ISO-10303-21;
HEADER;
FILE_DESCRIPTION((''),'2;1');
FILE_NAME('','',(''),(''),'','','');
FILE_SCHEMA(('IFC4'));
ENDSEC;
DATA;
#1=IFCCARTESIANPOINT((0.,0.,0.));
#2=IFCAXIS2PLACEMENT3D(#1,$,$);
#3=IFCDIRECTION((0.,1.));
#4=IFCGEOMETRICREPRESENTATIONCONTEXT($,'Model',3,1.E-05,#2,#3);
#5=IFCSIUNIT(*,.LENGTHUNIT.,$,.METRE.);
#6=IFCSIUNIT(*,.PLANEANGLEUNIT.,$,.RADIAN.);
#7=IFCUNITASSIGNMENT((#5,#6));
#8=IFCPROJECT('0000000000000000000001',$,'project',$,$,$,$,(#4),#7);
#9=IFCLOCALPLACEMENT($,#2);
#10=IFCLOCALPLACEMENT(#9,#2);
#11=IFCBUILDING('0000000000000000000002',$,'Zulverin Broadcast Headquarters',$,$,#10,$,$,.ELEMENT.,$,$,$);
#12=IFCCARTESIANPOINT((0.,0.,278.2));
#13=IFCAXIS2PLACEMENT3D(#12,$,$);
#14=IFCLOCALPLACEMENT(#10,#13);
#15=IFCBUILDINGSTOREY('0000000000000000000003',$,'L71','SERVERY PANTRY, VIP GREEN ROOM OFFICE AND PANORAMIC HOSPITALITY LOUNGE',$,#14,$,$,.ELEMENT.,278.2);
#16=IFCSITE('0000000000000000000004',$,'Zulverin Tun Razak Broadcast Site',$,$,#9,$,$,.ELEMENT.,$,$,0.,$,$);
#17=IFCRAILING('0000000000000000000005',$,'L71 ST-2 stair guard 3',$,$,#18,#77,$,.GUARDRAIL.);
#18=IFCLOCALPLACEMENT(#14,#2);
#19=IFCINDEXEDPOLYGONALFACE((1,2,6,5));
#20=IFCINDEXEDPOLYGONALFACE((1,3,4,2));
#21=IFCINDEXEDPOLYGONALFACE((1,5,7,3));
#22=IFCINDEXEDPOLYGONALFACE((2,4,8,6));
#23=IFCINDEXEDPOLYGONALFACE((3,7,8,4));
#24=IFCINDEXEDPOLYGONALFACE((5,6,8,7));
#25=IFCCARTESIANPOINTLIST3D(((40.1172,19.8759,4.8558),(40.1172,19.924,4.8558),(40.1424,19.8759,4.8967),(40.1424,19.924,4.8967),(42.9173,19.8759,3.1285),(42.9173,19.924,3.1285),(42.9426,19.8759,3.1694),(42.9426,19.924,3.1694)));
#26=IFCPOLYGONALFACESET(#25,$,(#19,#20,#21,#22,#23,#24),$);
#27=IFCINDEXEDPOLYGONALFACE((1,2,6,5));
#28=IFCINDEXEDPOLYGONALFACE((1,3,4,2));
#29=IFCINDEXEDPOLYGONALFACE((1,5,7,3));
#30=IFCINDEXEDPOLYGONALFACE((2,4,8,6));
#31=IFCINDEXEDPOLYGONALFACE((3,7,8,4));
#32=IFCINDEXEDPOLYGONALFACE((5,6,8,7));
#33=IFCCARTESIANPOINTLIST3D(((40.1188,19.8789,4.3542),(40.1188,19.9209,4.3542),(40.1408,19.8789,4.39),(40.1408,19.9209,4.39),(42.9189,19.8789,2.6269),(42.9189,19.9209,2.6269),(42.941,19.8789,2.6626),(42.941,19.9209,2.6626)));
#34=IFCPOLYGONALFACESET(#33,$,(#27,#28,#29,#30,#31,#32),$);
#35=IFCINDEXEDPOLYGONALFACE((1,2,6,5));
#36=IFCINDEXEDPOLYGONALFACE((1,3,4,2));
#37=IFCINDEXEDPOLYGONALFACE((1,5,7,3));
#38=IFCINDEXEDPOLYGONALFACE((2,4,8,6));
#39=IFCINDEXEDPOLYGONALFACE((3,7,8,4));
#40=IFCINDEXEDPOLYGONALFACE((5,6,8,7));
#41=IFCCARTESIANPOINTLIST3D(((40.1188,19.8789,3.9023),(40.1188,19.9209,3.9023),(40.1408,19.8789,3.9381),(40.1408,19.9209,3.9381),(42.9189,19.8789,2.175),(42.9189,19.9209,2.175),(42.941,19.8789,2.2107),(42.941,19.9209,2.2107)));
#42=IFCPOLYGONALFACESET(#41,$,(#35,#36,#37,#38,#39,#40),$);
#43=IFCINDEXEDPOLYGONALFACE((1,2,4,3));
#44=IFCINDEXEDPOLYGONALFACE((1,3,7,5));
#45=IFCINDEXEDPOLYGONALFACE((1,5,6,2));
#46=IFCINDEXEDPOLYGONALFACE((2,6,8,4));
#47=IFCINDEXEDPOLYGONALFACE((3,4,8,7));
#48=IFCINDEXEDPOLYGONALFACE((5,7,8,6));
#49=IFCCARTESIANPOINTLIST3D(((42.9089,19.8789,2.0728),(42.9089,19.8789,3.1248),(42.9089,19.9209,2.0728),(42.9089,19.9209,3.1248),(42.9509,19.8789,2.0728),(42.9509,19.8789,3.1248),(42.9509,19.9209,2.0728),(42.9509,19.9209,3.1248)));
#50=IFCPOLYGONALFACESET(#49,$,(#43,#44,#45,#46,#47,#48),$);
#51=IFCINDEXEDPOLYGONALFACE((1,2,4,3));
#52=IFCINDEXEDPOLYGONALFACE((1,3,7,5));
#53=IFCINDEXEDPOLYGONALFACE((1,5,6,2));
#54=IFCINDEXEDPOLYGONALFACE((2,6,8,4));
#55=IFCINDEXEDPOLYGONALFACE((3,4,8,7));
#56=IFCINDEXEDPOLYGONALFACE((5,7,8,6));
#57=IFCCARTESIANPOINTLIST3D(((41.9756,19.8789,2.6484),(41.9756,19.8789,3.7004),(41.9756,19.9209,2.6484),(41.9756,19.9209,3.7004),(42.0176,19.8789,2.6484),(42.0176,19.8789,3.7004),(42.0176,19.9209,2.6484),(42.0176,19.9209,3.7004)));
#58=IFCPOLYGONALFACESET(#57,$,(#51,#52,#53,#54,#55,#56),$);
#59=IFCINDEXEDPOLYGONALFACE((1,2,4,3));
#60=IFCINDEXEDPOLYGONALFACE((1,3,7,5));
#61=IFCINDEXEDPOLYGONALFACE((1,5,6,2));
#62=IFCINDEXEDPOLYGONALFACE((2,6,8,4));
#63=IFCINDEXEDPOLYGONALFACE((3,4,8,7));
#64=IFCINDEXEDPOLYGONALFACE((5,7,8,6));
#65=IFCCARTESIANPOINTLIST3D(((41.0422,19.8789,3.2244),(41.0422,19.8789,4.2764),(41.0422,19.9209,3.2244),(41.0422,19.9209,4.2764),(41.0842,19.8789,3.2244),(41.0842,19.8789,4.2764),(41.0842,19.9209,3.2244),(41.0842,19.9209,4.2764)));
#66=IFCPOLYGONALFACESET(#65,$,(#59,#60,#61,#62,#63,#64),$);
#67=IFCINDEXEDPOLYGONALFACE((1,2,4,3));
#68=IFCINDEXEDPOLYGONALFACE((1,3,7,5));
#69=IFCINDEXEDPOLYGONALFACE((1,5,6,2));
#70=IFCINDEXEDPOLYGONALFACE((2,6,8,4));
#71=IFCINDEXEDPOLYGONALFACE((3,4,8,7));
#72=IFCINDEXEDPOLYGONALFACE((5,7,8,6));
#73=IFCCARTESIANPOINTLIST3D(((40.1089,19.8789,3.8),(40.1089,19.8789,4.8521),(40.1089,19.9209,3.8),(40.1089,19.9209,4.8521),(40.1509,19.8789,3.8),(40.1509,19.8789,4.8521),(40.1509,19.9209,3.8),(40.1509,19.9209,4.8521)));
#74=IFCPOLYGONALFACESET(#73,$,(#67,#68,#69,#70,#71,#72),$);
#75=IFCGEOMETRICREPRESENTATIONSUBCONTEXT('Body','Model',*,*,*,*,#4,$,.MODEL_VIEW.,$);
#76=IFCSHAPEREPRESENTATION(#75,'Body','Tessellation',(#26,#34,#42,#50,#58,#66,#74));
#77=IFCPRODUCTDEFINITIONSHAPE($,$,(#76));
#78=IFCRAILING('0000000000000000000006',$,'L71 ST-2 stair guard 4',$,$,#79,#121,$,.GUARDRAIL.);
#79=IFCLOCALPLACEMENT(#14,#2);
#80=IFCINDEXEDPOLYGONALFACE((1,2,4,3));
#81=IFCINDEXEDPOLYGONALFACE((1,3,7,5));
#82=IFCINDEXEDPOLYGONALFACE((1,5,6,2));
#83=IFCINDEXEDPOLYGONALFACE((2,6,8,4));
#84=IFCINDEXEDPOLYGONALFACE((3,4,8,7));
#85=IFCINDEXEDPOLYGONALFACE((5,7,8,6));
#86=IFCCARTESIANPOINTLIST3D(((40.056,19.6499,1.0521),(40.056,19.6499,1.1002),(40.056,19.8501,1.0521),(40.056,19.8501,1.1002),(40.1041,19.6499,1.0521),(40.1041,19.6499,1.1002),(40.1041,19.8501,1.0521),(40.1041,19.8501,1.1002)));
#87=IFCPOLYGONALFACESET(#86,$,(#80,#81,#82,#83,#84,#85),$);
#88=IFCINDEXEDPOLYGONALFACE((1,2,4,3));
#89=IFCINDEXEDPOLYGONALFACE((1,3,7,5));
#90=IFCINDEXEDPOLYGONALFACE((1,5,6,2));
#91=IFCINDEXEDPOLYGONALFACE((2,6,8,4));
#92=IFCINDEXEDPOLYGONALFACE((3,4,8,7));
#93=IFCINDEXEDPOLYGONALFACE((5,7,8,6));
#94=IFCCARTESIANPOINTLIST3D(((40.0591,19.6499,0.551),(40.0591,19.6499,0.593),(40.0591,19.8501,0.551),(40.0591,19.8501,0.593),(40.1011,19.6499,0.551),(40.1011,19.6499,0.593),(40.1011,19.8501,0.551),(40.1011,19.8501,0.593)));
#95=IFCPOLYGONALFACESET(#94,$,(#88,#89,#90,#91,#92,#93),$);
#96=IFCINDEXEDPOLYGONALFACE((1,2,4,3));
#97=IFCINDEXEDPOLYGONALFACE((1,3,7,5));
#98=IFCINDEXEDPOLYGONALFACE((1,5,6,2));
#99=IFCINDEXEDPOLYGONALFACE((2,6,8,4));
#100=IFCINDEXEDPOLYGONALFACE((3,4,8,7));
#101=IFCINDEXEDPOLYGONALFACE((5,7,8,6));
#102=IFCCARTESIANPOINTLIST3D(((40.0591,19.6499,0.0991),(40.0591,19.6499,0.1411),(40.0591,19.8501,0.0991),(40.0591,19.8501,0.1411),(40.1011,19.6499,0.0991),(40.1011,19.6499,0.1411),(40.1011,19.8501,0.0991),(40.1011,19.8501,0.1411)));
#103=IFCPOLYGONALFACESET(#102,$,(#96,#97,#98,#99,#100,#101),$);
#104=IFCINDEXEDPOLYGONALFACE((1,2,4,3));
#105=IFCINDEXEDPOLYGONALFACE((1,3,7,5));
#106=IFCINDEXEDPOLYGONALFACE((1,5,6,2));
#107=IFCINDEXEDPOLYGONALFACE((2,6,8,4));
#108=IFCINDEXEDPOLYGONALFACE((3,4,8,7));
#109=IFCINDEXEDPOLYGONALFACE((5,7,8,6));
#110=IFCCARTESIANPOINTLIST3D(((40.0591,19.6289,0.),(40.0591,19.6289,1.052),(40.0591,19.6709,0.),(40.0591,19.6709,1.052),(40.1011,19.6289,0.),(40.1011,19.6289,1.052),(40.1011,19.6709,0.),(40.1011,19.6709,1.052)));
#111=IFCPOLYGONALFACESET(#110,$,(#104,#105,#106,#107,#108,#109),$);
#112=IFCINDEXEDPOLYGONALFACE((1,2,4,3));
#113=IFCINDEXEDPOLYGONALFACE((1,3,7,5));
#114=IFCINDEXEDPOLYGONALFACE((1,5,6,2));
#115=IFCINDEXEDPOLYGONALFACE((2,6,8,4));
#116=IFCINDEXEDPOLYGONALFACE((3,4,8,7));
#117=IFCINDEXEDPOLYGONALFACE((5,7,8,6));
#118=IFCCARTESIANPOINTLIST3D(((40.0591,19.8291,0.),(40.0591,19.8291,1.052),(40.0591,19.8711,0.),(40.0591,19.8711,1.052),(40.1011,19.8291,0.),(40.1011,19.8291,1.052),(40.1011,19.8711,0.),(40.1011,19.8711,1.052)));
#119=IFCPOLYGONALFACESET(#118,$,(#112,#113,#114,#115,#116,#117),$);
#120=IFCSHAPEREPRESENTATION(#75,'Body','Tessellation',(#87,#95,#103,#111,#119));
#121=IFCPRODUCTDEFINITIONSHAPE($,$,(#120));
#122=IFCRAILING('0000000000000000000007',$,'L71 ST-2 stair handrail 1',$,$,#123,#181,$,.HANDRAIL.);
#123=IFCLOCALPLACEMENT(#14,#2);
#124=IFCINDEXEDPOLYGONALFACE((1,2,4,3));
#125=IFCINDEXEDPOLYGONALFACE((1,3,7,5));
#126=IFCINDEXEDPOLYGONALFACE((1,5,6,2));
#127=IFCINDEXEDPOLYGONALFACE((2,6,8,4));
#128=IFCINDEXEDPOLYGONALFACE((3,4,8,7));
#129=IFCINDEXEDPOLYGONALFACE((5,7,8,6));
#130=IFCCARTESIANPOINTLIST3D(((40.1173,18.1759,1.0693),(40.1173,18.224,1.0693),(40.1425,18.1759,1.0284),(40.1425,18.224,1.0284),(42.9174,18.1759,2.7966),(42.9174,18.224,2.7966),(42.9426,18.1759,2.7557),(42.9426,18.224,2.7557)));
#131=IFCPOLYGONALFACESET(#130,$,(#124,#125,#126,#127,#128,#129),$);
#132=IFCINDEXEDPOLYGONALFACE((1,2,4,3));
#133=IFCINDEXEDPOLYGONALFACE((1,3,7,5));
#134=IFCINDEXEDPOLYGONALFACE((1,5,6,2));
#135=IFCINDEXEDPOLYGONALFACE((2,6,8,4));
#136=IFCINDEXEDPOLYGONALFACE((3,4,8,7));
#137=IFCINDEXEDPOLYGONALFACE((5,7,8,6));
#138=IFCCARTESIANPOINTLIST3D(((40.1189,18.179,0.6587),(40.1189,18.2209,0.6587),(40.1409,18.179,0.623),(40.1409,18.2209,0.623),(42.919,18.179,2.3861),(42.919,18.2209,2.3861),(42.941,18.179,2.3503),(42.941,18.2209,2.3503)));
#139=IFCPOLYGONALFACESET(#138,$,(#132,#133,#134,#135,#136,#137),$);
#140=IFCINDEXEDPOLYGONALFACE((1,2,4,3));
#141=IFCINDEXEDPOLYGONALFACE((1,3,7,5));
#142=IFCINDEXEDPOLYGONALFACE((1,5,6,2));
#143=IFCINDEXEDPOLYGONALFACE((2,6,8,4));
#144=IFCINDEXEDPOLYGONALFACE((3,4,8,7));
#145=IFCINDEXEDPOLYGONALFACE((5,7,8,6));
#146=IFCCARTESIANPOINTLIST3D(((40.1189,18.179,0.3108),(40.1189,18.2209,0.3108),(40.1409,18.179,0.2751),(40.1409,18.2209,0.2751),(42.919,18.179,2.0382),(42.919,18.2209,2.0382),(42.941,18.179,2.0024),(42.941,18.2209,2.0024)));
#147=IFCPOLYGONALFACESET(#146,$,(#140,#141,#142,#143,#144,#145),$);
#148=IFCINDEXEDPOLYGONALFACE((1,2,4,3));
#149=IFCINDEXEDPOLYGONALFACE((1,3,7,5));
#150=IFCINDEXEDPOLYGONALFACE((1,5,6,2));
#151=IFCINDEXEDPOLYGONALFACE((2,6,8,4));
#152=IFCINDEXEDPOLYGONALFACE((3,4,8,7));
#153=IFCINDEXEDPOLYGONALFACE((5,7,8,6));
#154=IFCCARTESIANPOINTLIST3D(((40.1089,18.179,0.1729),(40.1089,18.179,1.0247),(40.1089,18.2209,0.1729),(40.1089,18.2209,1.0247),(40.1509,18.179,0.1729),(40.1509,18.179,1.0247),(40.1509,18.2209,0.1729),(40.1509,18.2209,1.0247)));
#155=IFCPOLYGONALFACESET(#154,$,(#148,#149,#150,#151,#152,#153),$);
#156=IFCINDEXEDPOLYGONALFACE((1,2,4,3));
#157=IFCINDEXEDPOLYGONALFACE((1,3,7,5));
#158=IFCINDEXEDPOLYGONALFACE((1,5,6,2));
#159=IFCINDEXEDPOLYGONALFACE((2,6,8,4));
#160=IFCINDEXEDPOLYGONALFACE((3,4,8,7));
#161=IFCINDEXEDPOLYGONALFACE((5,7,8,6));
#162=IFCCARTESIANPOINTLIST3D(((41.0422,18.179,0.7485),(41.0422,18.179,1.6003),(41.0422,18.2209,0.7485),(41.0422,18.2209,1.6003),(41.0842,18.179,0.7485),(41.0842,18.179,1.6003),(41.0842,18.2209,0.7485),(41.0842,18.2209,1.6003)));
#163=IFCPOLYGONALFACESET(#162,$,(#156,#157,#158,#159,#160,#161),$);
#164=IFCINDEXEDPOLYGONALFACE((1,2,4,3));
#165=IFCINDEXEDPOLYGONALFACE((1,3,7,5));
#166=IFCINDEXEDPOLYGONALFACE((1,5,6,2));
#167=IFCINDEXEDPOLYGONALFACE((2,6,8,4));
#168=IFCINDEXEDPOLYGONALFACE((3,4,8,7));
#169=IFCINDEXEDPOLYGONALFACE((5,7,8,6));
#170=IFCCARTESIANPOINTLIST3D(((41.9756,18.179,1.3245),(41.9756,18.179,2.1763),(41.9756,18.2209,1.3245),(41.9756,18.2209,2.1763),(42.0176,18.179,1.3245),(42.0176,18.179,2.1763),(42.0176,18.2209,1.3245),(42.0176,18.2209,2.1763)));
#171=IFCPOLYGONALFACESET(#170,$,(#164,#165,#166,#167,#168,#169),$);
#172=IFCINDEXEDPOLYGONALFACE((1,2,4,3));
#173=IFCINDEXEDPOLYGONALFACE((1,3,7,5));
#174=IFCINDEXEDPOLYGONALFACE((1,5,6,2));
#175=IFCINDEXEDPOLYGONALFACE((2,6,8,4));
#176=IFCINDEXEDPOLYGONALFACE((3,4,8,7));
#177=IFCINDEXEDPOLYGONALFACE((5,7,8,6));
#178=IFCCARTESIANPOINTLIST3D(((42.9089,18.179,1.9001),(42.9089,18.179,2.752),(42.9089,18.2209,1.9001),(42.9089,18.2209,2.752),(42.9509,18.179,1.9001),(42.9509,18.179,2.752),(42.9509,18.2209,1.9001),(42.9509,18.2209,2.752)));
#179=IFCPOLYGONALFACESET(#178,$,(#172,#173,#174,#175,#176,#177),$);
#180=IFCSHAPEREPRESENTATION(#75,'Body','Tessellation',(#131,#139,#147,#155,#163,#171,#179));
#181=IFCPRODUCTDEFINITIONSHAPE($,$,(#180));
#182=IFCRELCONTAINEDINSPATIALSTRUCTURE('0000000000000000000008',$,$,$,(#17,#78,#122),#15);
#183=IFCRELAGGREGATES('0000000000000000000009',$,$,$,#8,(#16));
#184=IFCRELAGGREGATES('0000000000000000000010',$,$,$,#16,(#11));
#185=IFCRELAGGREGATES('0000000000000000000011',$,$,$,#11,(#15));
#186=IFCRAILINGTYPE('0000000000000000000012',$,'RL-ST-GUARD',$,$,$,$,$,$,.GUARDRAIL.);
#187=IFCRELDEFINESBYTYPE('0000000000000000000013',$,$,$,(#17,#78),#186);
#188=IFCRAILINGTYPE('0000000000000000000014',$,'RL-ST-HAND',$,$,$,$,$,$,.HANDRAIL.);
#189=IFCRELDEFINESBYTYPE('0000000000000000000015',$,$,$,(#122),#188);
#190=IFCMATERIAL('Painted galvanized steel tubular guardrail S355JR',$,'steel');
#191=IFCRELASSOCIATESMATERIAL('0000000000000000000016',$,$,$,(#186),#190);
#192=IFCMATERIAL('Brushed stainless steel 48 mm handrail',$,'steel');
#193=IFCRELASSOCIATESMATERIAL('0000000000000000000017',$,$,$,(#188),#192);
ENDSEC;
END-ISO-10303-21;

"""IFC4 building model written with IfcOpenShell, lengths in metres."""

from ifc_helpers import new_model, si_unit, direction, frame, origin, origin_2d, place, context, subcontext, project, spatial, rectangle, extrude, material, type_object, element, save


model = new_model("IFC4")

# Units and contexts
model_context = context("Model", 3, precision=1e-05, world=origin(), true_north=direction((0.0, 1.0)))
body_context = subcontext(model_context, "Body", "Model", "MODEL_VIEW")
ifc_project = project(units=[si_unit("LENGTHUNIT", "METRE"), si_unit("PLANEANGLEUNIT", "RADIAN")], contexts=[model_context])

# Site, building, storey
site_placement = place(None, origin())
site = spatial("IfcSite", under=ifc_project, at=site_placement, Name="Zulverin Tun Razak Broadcast Site", CompositionType="ELEMENT", RefElevation=0.0)
building_placement = place(site_placement, origin())
building = spatial("IfcBuilding", under=site, at=building_placement, Name="Zulverin Broadcast Headquarters", CompositionType="ELEMENT")
storey_placement = place(building_placement, frame((0.0, 0.0, 278.2)))
storey = spatial("IfcBuildingStorey", under=building, at=storey_placement, Name="L71", Description="SERVERY PANTRY, VIP GREEN ROOM OFFICE AND PANORAMIC HOSPITALITY LOUNGE", CompositionType="ELEMENT", Elevation=278.2)

# Railings
ifc_material_1 = material(Name="Painted galvanized steel tubular guardrail S355JR", Category="steel")
railing_type_1 = type_object("IfcRailingType", Name="RL-ST-GUARD", PredefinedType="GUARDRAIL", material=ifc_material_1)
railing_1_placement = place(storey_placement, frame((42.9299, 19.8999, 2.0728)))
element("IfcRailing", 1, at=railing_1_placement, inside=storey, type_object=railing_type_1, Name="L71 ST-2 stair guard 3", PredefinedType="GUARDRAIL", context=body_context, shape_type="SweptSolid", body=[
    extrude(rectangle(XDim=0.0481, YDim=0.0481, at=origin_2d()), frame((0.0, 0.0, 1.0762), z_axis=(-0.85109, 0.0, 0.52502), x_axis=(0.0, -1.0, 0.0)), (0.0, 0.0, 1.0), 3.29),
    extrude(rectangle(XDim=0.042, YDim=0.042, at=origin_2d()), frame((0.0, 0.0, 0.572), z_axis=(-0.85109, 0.0, 0.52502), x_axis=(0.0, -1.0, 0.0)), (0.0, 0.0, 1.0), 3.29),
    extrude(rectangle(XDim=0.042, YDim=0.042, at=origin_2d()), frame((0.0, 0.0, 0.1201), z_axis=(-0.85109, 0.0, 0.52502), x_axis=(0.0, -1.0, 0.0)), (0.0, 0.0, 1.0), 3.29),
    extrude(rectangle(XDim=0.042, YDim=0.042, at=origin_2d()), origin(), (0.0, 0.0, 1.0), 1.052),
    extrude(rectangle(XDim=0.042, YDim=0.042, at=origin_2d()), frame((-0.9333, 0.0, 0.5757)), (0.0, 0.0, 1.0), 1.052),
    extrude(rectangle(XDim=0.042, YDim=0.042, at=origin_2d()), frame((-1.8667, 0.0, 1.1516)), (0.0, 0.0, 1.0), 1.052),
    extrude(rectangle(XDim=0.042, YDim=0.042, at=origin_2d()), frame((-2.8, 0.0, 1.7273)), (0.0, 0.0, 1.0), 1.052),
])
railing_2_placement = place(storey_placement, frame((40.0801, 19.6499, 0.0)))
element("IfcRailing", 2, at=railing_2_placement, inside=storey, type_object=railing_type_1, Name="L71 ST-2 stair guard 4", PredefinedType="GUARDRAIL", context=body_context, shape_type="SweptSolid", body=[
    extrude(rectangle(XDim=0.0481, YDim=0.0481, at=origin_2d()), frame((0.0, 0.0, 1.0762), z_axis=(0.0, 1.0, 0.0), x_axis=(-1.0, 0.0, 0.0)), (0.0, 0.0, 1.0), 0.2002),
    extrude(rectangle(XDim=0.042, YDim=0.042, at=origin_2d()), frame((0.0, 0.0, 0.572), z_axis=(0.0, 1.0, 0.0), x_axis=(-1.0, 0.0, 0.0)), (0.0, 0.0, 1.0), 0.2002),
    extrude(rectangle(XDim=0.042, YDim=0.042, at=origin_2d()), frame((0.0, 0.0, 0.1201), z_axis=(0.0, 1.0, 0.0), x_axis=(-1.0, 0.0, 0.0)), (0.0, 0.0, 1.0), 0.2002),
    extrude(rectangle(XDim=0.042, YDim=0.042, at=origin_2d()), origin(), (0.0, 0.0, 1.0), 1.052),
    extrude(rectangle(XDim=0.042, YDim=0.042, at=origin_2d()), frame((0.0, 0.2002, 0.0)), (0.0, 0.0, 1.0), 1.052),
])
ifc_material_2 = material(Name="Brushed stainless steel 48 mm handrail", Category="steel")
railing_type_2 = type_object("IfcRailingType", Name="RL-ST-HAND", PredefinedType="HANDRAIL", material=ifc_material_2)
railing_3_placement = place(storey_placement, frame((40.1299, 18.2, 0.1729)))
element("IfcRailing", 3, at=railing_3_placement, inside=storey, type_object=railing_type_2, Name="L71 ST-2 stair handrail 1", PredefinedType="HANDRAIL", context=body_context, shape_type="SweptSolid", body=[
    extrude(rectangle(XDim=0.0481, YDim=0.0481, at=origin_2d()), frame((0.0, 0.0, 0.876), z_axis=(0.85109, 0.0, 0.52502), x_axis=(0.0, 1.0, 0.0)), (0.0, 0.0, 1.0), 3.29),
    extrude(rectangle(XDim=0.042, YDim=0.042, at=origin_2d()), frame((0.0, 0.0, 0.468), z_axis=(0.85109, 0.0, 0.52502), x_axis=(0.0, 1.0, 0.0)), (0.0, 0.0, 1.0), 3.29),
    extrude(rectangle(XDim=0.042, YDim=0.042, at=origin_2d()), frame((0.0, 0.0, 0.1201), z_axis=(0.85109, 0.0, 0.52502), x_axis=(0.0, 1.0, 0.0)), (0.0, 0.0, 1.0), 3.29),
    extrude(rectangle(XDim=0.042, YDim=0.042, at=origin_2d()), origin(), (0.0, 0.0, 1.0), 0.8518),
    extrude(rectangle(XDim=0.042, YDim=0.042, at=origin_2d()), frame((0.9333, 0.0, 0.5757)), (0.0, 0.0, 1.0), 0.8518),
    extrude(rectangle(XDim=0.042, YDim=0.042, at=origin_2d()), frame((1.8667, 0.0, 1.1516)), (0.0, 0.0, 1.0), 0.8518),
    extrude(rectangle(XDim=0.042, YDim=0.042, at=origin_2d()), frame((2.8, 0.0, 1.7273)), (0.0, 0.0, 1.0), 0.8518),
])

save(model, "model.ifc")
